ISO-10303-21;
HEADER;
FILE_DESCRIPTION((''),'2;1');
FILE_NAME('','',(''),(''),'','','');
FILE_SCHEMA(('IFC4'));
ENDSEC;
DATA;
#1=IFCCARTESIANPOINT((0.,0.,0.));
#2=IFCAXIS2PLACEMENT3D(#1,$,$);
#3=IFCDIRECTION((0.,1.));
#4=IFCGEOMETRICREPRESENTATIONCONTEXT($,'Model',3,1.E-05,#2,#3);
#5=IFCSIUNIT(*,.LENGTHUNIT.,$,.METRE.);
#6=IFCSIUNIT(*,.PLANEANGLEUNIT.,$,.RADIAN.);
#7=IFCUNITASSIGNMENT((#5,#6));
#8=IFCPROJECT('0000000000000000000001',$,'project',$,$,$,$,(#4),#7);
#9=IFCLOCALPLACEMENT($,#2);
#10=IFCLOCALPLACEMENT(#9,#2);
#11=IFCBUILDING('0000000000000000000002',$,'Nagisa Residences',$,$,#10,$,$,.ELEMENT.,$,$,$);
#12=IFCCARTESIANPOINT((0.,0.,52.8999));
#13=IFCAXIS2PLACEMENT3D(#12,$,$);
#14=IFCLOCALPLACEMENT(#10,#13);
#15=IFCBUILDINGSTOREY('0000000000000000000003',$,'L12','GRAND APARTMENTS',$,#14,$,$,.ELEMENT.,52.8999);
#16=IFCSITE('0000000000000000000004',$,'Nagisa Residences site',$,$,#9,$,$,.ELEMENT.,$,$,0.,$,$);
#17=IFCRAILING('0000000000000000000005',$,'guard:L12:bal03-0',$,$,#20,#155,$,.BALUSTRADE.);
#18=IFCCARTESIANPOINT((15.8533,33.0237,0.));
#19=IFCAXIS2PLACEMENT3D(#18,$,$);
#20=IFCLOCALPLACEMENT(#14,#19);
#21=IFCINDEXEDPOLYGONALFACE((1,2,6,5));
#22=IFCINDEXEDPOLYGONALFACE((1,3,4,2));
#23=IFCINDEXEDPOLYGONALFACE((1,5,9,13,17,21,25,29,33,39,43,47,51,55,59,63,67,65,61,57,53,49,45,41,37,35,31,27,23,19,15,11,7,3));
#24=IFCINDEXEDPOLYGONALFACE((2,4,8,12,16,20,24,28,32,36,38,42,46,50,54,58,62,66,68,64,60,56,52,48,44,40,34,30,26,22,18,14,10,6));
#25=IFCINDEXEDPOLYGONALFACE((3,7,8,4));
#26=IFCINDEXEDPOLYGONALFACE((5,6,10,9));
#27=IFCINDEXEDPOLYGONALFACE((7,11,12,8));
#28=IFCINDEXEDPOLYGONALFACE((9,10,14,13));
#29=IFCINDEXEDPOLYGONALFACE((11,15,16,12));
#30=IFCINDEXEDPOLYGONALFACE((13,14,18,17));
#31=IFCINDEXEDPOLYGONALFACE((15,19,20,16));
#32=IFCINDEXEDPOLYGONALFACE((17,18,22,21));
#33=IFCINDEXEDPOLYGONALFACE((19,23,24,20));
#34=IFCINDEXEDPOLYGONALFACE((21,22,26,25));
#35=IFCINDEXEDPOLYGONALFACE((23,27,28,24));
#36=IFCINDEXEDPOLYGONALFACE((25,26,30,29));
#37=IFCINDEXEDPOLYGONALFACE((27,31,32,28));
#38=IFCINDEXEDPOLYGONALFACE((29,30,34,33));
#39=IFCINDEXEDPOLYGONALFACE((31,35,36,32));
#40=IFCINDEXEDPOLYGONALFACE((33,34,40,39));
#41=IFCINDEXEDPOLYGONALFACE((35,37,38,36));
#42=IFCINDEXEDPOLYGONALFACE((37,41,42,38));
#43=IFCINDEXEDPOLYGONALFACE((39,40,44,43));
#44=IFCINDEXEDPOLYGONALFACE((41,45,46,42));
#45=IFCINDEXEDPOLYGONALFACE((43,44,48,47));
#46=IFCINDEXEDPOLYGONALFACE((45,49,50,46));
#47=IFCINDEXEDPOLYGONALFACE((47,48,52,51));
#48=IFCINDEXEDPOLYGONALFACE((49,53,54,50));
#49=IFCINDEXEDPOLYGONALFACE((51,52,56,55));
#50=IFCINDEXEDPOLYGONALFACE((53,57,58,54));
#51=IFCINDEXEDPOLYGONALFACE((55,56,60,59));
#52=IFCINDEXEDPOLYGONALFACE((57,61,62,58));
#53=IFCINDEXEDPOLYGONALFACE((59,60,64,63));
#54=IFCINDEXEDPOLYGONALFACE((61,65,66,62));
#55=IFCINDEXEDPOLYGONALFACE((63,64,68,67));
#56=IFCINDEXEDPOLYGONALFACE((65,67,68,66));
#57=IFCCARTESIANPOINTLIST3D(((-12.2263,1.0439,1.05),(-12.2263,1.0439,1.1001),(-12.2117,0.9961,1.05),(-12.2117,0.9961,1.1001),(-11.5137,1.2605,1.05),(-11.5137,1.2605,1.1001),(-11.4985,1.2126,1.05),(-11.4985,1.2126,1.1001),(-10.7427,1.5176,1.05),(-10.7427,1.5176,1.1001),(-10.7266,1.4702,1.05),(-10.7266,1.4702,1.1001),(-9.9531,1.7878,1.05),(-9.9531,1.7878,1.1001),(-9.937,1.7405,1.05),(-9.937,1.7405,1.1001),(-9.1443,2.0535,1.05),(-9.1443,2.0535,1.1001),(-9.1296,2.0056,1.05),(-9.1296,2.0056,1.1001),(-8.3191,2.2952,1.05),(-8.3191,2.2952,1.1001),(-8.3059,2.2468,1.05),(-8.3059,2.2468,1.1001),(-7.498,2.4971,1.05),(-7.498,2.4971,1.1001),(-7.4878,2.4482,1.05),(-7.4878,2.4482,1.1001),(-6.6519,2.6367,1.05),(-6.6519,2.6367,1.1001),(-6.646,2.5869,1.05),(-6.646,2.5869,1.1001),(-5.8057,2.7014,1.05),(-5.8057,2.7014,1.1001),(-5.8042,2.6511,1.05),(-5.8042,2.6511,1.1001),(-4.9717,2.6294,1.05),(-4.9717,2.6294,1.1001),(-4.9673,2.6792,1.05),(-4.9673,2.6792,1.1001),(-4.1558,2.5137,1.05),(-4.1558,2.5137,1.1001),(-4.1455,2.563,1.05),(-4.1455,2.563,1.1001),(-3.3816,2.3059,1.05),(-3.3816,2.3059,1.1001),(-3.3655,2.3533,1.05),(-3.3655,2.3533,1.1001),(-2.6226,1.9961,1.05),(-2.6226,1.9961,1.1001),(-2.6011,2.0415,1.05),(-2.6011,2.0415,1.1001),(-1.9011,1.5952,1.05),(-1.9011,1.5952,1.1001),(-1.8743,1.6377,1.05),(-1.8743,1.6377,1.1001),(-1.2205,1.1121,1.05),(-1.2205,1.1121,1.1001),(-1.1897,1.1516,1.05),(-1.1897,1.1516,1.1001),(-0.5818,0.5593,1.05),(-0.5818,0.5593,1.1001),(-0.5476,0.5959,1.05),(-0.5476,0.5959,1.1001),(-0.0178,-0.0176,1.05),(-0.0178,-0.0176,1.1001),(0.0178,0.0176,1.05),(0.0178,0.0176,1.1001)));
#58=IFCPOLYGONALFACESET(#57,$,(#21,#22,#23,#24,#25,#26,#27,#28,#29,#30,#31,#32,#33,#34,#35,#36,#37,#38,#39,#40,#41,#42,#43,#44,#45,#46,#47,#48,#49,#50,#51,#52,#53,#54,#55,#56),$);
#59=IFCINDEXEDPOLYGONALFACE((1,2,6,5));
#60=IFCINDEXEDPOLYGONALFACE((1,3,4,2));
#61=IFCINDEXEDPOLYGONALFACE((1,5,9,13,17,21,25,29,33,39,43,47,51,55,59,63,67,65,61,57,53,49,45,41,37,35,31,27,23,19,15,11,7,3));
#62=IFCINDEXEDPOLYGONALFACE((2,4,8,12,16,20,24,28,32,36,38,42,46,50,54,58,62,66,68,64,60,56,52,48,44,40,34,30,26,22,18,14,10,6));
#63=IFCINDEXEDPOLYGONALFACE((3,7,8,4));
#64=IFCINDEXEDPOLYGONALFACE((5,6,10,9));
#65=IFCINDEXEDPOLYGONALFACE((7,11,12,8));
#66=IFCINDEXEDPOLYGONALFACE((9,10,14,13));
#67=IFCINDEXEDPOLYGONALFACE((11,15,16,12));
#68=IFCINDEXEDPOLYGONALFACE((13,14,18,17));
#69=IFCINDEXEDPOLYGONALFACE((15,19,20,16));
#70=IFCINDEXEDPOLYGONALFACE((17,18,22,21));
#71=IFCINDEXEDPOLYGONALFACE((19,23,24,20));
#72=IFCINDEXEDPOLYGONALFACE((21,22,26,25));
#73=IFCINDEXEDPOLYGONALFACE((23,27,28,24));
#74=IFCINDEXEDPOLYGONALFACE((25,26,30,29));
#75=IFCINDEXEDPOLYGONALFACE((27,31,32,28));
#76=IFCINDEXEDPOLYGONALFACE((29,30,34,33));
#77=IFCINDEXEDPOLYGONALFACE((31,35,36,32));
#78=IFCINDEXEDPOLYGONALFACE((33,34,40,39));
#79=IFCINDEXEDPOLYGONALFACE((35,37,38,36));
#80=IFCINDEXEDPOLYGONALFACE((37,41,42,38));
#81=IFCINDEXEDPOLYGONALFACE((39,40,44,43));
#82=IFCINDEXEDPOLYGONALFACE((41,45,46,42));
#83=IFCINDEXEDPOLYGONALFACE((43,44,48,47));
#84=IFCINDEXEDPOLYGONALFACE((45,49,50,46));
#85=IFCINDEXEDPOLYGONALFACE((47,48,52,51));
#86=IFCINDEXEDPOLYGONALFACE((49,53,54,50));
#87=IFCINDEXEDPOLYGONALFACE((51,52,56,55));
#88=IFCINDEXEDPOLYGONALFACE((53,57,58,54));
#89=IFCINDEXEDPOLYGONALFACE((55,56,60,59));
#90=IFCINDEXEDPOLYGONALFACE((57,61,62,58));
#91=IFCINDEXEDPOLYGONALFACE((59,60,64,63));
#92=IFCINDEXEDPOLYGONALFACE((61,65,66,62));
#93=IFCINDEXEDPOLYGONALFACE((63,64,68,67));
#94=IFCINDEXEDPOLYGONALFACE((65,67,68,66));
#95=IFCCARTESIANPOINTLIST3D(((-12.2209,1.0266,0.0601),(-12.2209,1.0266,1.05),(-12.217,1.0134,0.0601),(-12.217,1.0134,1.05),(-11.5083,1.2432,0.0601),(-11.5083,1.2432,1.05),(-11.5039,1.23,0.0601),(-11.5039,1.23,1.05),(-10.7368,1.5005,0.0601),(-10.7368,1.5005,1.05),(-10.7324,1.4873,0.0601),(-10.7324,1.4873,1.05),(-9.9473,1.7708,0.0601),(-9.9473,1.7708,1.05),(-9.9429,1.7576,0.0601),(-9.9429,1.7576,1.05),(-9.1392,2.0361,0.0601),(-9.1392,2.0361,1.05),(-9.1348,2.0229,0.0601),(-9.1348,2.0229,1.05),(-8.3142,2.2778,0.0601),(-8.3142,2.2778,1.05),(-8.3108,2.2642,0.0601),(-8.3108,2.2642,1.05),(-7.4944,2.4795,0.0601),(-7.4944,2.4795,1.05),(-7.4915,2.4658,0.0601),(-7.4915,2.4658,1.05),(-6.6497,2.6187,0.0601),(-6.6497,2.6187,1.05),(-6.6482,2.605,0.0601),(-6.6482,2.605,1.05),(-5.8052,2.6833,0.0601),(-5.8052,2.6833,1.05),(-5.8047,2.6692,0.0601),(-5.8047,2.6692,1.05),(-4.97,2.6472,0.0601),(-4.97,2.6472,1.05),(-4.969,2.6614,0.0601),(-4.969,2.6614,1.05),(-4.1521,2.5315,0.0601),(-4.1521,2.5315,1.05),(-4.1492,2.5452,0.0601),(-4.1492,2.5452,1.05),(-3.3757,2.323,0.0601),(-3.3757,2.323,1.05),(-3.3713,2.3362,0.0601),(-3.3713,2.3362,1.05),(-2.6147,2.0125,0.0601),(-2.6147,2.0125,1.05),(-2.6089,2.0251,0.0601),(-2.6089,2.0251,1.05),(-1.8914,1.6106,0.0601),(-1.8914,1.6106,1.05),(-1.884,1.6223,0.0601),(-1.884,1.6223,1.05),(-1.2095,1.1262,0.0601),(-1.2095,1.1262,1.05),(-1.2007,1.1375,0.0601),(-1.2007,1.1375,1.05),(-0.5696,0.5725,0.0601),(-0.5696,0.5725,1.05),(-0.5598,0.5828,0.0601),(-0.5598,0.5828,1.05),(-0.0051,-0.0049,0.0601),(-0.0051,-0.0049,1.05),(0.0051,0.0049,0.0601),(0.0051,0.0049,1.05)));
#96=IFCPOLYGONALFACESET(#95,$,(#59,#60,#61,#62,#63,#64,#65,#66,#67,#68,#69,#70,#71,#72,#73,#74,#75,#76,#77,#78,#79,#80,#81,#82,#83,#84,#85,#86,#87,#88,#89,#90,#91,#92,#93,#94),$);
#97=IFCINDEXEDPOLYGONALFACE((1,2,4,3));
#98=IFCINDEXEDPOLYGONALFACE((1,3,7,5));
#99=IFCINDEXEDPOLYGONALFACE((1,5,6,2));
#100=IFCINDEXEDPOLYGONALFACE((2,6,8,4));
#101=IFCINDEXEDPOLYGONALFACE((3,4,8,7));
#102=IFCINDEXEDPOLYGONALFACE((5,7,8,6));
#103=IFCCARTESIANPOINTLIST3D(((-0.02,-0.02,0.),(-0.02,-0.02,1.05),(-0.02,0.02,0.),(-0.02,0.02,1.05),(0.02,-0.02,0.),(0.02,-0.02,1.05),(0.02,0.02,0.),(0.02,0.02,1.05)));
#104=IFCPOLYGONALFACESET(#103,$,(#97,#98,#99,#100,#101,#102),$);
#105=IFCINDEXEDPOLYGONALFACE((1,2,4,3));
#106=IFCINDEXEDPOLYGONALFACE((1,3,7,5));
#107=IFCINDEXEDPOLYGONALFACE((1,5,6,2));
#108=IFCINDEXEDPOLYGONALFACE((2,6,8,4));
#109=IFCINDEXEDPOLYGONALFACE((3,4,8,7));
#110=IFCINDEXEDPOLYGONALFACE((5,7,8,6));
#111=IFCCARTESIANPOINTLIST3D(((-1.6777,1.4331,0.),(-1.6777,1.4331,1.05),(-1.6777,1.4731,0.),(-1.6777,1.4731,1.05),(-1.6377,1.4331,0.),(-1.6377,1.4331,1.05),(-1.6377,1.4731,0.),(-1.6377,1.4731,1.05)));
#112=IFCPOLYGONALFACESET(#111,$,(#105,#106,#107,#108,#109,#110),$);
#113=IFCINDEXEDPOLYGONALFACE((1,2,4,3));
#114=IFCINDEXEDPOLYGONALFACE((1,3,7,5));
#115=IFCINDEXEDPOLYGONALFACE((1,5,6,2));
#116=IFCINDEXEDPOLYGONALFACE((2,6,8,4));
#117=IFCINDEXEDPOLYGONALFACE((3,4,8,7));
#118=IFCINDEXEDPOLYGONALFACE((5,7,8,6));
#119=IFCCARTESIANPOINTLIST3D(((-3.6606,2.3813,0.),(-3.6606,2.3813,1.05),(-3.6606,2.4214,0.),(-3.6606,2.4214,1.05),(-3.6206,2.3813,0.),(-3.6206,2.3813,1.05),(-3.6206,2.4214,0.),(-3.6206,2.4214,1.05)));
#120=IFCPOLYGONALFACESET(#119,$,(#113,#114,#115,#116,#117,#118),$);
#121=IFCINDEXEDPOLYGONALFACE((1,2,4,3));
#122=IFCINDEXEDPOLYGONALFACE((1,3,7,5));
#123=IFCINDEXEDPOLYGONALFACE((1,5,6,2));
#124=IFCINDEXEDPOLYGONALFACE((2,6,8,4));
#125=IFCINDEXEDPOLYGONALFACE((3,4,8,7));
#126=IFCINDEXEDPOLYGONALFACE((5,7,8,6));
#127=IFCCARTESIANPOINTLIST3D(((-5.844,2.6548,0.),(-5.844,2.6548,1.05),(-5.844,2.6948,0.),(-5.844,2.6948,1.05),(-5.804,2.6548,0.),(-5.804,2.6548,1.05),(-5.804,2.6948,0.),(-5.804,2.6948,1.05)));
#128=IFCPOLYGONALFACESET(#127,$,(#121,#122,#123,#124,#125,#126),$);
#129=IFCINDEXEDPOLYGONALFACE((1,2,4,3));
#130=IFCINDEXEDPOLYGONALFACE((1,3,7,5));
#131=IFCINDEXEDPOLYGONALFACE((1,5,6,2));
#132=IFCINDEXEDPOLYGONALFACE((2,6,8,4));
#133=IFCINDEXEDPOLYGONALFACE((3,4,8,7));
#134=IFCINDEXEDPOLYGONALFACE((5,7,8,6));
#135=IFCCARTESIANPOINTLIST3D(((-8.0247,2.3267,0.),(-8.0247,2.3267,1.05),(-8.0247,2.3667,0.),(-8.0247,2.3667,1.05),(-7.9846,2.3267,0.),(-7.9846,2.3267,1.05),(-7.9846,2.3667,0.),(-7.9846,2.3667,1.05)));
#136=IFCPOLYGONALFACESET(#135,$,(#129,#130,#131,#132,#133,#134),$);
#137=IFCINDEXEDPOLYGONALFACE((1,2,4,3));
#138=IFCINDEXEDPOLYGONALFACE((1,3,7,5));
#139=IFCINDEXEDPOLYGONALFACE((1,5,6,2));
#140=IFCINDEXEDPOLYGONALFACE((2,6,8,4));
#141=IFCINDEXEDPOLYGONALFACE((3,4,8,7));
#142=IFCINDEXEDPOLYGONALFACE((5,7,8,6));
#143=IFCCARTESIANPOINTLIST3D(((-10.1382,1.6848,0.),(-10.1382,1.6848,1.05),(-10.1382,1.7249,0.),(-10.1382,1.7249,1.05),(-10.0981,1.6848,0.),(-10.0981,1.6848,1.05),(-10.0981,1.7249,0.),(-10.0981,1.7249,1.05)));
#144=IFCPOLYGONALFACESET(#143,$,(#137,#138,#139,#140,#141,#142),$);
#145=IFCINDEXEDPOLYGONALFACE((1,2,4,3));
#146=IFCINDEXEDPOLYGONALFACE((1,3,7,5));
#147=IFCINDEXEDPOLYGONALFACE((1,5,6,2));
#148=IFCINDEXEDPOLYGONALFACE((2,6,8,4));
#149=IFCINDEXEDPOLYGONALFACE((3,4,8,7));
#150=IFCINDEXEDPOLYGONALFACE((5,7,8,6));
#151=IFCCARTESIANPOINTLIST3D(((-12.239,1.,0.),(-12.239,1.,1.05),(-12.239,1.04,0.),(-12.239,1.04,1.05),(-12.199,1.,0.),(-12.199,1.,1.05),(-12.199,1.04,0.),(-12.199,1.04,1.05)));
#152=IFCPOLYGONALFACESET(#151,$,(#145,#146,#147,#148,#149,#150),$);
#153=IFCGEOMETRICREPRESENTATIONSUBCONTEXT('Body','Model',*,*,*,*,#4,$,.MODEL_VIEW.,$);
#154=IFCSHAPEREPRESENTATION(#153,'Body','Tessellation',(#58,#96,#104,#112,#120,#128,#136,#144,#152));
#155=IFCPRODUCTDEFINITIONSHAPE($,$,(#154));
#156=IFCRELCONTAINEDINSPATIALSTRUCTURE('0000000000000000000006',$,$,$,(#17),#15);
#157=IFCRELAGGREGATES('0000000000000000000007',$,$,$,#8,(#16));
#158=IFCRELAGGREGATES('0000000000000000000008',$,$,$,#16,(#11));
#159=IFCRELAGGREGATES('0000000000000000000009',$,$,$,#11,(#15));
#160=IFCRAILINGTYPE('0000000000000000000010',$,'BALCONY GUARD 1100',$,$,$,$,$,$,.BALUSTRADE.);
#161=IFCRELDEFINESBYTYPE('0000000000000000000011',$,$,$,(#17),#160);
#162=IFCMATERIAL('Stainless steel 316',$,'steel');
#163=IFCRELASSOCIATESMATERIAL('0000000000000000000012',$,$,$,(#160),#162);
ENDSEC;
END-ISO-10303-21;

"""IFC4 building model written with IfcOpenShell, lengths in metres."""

from ifc_helpers import new_model, si_unit, direction, frame, origin, origin_2d, place, context, subcontext, project, spatial, polyline, rectangle, outline, extrude, material, type_object, element, save


model = new_model("IFC4")

# Units and contexts
model_context = context("Model", 3, precision=1e-05, world=origin(), true_north=direction((0.0, 1.0)))
body_context = subcontext(model_context, "Body", "Model", "MODEL_VIEW")
ifc_project = project(units=[si_unit("LENGTHUNIT", "METRE"), si_unit("PLANEANGLEUNIT", "RADIAN")], contexts=[model_context])

# Site, building, storey
site_placement = place(None, origin())
site = spatial("IfcSite", under=ifc_project, at=site_placement, Name="Nagisa Residences site", CompositionType="ELEMENT", RefElevation=0.0)
building_placement = place(site_placement, origin())
building = spatial("IfcBuilding", under=site, at=building_placement, Name="Nagisa Residences", CompositionType="ELEMENT")
storey_placement = place(building_placement, frame((0.0, 0.0, 52.8999)))
storey = spatial("IfcBuildingStorey", under=building, at=storey_placement, Name="L12", Description="GRAND APARTMENTS", CompositionType="ELEMENT", Elevation=52.8999)

# Railing
ifc_material_1 = material(Name="Stainless steel 316", Category="steel")
railing_type = type_object("IfcRailingType", Name="BALCONY GUARD 1100", PredefinedType="BALUSTRADE", material=ifc_material_1)
railing_1_placement = place(storey_placement, frame((15.8533, 33.0237, 0.0)))
element("IfcRailing", 1, at=railing_1_placement, inside=storey, type_object=railing_type, Name="guard:L12:bal03-0", PredefinedType="BALUSTRADE", context=body_context, shape_type="SweptSolid", body=[
    extrude(outline(polyline([(-0.5818, 0.5593), (-0.0178, -0.0176), (0.0178, 0.0176), (-0.5476, 0.5959), (-1.1897, 1.1516), (-1.8743, 1.6377), (-2.6011, 2.0415), (-3.3655, 2.3533), (-4.1455, 2.563), (-4.9673, 2.6792), (-5.8057, 2.7014), (-6.6519, 2.6367), (-7.498, 2.4971), (-8.3191, 2.2952), (-9.1443, 2.0535), (-9.9531, 1.7878), (-10.7427, 1.5176), (-11.5137, 1.2605), (-12.2263, 1.0439), (-12.2117, 0.9961), (-11.4985, 1.2126), (-10.7266, 1.4702), (-9.937, 1.7405), (-9.1296, 2.0056), (-8.3059, 2.2468), (-7.4878, 2.4482), (-6.646, 2.5869), (-5.8042, 2.6511), (-4.9717, 2.6294), (-4.1558, 2.5137), (-3.3816, 2.3059), (-2.6226, 1.9961), (-1.9011, 1.5952), (-1.2205, 1.1121), (-0.5818, 0.5593)])), frame((0.0, 0.0, 1.05)), (0.0, 0.0, 1.0), 0.05),
    extrude(outline(polyline([(-0.5696, 0.5725), (-0.0051, -0.0049), (0.0051, 0.0049), (-0.5598, 0.5828), (-1.2007, 1.1375), (-1.884, 1.6223), (-2.6089, 2.0251), (-3.3713, 2.3362), (-4.1492, 2.5452), (-4.969, 2.6614), (-5.8052, 2.6833), (-6.6497, 2.6187), (-7.4944, 2.4795), (-8.3142, 2.2778), (-9.1392, 2.0361), (-9.9473, 1.7708), (-10.7368, 1.5005), (-11.5083, 1.2432), (-12.2209, 1.0266), (-12.217, 1.0134), (-11.5039, 1.23), (-10.7324, 1.4873), (-9.9429, 1.7576), (-9.1348, 2.0229), (-8.3108, 2.2642), (-7.4915, 2.4658), (-6.6482, 2.605), (-5.8047, 2.6692), (-4.97, 2.6472), (-4.1521, 2.5315), (-3.3757, 2.323), (-2.6147, 2.0125), (-1.8914, 1.6106), (-1.2095, 1.1262), (-0.5696, 0.5725)])), frame((0.0, 0.0, 0.0601)), (0.0, 0.0, 1.0), 0.99),
    extrude(rectangle(XDim=0.04, YDim=0.04, at=origin_2d()), origin(), (0.0, 0.0, 1.0), 1.05),
    extrude(rectangle(XDim=0.04, YDim=0.04, at=origin_2d()), frame((-1.6577, 1.4531, 0.0)), (0.0, 0.0, 1.0), 1.05),
    extrude(rectangle(XDim=0.04, YDim=0.04, at=origin_2d()), frame((-3.6406, 2.4014, 0.0)), (0.0, 0.0, 1.0), 1.05),
    extrude(rectangle(XDim=0.04, YDim=0.04, at=origin_2d()), frame((-5.824, 2.6748, 0.0)), (0.0, 0.0, 1.0), 1.05),
    extrude(rectangle(XDim=0.04, YDim=0.04, at=origin_2d()), frame((-8.0046, 2.3467, 0.0)), (0.0, 0.0, 1.0), 1.05),
    extrude(rectangle(XDim=0.04, YDim=0.04, at=origin_2d()), frame((-10.1182, 1.7048, 0.0)), (0.0, 0.0, 1.0), 1.05),
    extrude(rectangle(XDim=0.04, YDim=0.04, at=origin_2d()), frame((-12.219, 1.02, 0.0)), (0.0, 0.0, 1.0), 1.05),
])

save(model, "model.ifc")
